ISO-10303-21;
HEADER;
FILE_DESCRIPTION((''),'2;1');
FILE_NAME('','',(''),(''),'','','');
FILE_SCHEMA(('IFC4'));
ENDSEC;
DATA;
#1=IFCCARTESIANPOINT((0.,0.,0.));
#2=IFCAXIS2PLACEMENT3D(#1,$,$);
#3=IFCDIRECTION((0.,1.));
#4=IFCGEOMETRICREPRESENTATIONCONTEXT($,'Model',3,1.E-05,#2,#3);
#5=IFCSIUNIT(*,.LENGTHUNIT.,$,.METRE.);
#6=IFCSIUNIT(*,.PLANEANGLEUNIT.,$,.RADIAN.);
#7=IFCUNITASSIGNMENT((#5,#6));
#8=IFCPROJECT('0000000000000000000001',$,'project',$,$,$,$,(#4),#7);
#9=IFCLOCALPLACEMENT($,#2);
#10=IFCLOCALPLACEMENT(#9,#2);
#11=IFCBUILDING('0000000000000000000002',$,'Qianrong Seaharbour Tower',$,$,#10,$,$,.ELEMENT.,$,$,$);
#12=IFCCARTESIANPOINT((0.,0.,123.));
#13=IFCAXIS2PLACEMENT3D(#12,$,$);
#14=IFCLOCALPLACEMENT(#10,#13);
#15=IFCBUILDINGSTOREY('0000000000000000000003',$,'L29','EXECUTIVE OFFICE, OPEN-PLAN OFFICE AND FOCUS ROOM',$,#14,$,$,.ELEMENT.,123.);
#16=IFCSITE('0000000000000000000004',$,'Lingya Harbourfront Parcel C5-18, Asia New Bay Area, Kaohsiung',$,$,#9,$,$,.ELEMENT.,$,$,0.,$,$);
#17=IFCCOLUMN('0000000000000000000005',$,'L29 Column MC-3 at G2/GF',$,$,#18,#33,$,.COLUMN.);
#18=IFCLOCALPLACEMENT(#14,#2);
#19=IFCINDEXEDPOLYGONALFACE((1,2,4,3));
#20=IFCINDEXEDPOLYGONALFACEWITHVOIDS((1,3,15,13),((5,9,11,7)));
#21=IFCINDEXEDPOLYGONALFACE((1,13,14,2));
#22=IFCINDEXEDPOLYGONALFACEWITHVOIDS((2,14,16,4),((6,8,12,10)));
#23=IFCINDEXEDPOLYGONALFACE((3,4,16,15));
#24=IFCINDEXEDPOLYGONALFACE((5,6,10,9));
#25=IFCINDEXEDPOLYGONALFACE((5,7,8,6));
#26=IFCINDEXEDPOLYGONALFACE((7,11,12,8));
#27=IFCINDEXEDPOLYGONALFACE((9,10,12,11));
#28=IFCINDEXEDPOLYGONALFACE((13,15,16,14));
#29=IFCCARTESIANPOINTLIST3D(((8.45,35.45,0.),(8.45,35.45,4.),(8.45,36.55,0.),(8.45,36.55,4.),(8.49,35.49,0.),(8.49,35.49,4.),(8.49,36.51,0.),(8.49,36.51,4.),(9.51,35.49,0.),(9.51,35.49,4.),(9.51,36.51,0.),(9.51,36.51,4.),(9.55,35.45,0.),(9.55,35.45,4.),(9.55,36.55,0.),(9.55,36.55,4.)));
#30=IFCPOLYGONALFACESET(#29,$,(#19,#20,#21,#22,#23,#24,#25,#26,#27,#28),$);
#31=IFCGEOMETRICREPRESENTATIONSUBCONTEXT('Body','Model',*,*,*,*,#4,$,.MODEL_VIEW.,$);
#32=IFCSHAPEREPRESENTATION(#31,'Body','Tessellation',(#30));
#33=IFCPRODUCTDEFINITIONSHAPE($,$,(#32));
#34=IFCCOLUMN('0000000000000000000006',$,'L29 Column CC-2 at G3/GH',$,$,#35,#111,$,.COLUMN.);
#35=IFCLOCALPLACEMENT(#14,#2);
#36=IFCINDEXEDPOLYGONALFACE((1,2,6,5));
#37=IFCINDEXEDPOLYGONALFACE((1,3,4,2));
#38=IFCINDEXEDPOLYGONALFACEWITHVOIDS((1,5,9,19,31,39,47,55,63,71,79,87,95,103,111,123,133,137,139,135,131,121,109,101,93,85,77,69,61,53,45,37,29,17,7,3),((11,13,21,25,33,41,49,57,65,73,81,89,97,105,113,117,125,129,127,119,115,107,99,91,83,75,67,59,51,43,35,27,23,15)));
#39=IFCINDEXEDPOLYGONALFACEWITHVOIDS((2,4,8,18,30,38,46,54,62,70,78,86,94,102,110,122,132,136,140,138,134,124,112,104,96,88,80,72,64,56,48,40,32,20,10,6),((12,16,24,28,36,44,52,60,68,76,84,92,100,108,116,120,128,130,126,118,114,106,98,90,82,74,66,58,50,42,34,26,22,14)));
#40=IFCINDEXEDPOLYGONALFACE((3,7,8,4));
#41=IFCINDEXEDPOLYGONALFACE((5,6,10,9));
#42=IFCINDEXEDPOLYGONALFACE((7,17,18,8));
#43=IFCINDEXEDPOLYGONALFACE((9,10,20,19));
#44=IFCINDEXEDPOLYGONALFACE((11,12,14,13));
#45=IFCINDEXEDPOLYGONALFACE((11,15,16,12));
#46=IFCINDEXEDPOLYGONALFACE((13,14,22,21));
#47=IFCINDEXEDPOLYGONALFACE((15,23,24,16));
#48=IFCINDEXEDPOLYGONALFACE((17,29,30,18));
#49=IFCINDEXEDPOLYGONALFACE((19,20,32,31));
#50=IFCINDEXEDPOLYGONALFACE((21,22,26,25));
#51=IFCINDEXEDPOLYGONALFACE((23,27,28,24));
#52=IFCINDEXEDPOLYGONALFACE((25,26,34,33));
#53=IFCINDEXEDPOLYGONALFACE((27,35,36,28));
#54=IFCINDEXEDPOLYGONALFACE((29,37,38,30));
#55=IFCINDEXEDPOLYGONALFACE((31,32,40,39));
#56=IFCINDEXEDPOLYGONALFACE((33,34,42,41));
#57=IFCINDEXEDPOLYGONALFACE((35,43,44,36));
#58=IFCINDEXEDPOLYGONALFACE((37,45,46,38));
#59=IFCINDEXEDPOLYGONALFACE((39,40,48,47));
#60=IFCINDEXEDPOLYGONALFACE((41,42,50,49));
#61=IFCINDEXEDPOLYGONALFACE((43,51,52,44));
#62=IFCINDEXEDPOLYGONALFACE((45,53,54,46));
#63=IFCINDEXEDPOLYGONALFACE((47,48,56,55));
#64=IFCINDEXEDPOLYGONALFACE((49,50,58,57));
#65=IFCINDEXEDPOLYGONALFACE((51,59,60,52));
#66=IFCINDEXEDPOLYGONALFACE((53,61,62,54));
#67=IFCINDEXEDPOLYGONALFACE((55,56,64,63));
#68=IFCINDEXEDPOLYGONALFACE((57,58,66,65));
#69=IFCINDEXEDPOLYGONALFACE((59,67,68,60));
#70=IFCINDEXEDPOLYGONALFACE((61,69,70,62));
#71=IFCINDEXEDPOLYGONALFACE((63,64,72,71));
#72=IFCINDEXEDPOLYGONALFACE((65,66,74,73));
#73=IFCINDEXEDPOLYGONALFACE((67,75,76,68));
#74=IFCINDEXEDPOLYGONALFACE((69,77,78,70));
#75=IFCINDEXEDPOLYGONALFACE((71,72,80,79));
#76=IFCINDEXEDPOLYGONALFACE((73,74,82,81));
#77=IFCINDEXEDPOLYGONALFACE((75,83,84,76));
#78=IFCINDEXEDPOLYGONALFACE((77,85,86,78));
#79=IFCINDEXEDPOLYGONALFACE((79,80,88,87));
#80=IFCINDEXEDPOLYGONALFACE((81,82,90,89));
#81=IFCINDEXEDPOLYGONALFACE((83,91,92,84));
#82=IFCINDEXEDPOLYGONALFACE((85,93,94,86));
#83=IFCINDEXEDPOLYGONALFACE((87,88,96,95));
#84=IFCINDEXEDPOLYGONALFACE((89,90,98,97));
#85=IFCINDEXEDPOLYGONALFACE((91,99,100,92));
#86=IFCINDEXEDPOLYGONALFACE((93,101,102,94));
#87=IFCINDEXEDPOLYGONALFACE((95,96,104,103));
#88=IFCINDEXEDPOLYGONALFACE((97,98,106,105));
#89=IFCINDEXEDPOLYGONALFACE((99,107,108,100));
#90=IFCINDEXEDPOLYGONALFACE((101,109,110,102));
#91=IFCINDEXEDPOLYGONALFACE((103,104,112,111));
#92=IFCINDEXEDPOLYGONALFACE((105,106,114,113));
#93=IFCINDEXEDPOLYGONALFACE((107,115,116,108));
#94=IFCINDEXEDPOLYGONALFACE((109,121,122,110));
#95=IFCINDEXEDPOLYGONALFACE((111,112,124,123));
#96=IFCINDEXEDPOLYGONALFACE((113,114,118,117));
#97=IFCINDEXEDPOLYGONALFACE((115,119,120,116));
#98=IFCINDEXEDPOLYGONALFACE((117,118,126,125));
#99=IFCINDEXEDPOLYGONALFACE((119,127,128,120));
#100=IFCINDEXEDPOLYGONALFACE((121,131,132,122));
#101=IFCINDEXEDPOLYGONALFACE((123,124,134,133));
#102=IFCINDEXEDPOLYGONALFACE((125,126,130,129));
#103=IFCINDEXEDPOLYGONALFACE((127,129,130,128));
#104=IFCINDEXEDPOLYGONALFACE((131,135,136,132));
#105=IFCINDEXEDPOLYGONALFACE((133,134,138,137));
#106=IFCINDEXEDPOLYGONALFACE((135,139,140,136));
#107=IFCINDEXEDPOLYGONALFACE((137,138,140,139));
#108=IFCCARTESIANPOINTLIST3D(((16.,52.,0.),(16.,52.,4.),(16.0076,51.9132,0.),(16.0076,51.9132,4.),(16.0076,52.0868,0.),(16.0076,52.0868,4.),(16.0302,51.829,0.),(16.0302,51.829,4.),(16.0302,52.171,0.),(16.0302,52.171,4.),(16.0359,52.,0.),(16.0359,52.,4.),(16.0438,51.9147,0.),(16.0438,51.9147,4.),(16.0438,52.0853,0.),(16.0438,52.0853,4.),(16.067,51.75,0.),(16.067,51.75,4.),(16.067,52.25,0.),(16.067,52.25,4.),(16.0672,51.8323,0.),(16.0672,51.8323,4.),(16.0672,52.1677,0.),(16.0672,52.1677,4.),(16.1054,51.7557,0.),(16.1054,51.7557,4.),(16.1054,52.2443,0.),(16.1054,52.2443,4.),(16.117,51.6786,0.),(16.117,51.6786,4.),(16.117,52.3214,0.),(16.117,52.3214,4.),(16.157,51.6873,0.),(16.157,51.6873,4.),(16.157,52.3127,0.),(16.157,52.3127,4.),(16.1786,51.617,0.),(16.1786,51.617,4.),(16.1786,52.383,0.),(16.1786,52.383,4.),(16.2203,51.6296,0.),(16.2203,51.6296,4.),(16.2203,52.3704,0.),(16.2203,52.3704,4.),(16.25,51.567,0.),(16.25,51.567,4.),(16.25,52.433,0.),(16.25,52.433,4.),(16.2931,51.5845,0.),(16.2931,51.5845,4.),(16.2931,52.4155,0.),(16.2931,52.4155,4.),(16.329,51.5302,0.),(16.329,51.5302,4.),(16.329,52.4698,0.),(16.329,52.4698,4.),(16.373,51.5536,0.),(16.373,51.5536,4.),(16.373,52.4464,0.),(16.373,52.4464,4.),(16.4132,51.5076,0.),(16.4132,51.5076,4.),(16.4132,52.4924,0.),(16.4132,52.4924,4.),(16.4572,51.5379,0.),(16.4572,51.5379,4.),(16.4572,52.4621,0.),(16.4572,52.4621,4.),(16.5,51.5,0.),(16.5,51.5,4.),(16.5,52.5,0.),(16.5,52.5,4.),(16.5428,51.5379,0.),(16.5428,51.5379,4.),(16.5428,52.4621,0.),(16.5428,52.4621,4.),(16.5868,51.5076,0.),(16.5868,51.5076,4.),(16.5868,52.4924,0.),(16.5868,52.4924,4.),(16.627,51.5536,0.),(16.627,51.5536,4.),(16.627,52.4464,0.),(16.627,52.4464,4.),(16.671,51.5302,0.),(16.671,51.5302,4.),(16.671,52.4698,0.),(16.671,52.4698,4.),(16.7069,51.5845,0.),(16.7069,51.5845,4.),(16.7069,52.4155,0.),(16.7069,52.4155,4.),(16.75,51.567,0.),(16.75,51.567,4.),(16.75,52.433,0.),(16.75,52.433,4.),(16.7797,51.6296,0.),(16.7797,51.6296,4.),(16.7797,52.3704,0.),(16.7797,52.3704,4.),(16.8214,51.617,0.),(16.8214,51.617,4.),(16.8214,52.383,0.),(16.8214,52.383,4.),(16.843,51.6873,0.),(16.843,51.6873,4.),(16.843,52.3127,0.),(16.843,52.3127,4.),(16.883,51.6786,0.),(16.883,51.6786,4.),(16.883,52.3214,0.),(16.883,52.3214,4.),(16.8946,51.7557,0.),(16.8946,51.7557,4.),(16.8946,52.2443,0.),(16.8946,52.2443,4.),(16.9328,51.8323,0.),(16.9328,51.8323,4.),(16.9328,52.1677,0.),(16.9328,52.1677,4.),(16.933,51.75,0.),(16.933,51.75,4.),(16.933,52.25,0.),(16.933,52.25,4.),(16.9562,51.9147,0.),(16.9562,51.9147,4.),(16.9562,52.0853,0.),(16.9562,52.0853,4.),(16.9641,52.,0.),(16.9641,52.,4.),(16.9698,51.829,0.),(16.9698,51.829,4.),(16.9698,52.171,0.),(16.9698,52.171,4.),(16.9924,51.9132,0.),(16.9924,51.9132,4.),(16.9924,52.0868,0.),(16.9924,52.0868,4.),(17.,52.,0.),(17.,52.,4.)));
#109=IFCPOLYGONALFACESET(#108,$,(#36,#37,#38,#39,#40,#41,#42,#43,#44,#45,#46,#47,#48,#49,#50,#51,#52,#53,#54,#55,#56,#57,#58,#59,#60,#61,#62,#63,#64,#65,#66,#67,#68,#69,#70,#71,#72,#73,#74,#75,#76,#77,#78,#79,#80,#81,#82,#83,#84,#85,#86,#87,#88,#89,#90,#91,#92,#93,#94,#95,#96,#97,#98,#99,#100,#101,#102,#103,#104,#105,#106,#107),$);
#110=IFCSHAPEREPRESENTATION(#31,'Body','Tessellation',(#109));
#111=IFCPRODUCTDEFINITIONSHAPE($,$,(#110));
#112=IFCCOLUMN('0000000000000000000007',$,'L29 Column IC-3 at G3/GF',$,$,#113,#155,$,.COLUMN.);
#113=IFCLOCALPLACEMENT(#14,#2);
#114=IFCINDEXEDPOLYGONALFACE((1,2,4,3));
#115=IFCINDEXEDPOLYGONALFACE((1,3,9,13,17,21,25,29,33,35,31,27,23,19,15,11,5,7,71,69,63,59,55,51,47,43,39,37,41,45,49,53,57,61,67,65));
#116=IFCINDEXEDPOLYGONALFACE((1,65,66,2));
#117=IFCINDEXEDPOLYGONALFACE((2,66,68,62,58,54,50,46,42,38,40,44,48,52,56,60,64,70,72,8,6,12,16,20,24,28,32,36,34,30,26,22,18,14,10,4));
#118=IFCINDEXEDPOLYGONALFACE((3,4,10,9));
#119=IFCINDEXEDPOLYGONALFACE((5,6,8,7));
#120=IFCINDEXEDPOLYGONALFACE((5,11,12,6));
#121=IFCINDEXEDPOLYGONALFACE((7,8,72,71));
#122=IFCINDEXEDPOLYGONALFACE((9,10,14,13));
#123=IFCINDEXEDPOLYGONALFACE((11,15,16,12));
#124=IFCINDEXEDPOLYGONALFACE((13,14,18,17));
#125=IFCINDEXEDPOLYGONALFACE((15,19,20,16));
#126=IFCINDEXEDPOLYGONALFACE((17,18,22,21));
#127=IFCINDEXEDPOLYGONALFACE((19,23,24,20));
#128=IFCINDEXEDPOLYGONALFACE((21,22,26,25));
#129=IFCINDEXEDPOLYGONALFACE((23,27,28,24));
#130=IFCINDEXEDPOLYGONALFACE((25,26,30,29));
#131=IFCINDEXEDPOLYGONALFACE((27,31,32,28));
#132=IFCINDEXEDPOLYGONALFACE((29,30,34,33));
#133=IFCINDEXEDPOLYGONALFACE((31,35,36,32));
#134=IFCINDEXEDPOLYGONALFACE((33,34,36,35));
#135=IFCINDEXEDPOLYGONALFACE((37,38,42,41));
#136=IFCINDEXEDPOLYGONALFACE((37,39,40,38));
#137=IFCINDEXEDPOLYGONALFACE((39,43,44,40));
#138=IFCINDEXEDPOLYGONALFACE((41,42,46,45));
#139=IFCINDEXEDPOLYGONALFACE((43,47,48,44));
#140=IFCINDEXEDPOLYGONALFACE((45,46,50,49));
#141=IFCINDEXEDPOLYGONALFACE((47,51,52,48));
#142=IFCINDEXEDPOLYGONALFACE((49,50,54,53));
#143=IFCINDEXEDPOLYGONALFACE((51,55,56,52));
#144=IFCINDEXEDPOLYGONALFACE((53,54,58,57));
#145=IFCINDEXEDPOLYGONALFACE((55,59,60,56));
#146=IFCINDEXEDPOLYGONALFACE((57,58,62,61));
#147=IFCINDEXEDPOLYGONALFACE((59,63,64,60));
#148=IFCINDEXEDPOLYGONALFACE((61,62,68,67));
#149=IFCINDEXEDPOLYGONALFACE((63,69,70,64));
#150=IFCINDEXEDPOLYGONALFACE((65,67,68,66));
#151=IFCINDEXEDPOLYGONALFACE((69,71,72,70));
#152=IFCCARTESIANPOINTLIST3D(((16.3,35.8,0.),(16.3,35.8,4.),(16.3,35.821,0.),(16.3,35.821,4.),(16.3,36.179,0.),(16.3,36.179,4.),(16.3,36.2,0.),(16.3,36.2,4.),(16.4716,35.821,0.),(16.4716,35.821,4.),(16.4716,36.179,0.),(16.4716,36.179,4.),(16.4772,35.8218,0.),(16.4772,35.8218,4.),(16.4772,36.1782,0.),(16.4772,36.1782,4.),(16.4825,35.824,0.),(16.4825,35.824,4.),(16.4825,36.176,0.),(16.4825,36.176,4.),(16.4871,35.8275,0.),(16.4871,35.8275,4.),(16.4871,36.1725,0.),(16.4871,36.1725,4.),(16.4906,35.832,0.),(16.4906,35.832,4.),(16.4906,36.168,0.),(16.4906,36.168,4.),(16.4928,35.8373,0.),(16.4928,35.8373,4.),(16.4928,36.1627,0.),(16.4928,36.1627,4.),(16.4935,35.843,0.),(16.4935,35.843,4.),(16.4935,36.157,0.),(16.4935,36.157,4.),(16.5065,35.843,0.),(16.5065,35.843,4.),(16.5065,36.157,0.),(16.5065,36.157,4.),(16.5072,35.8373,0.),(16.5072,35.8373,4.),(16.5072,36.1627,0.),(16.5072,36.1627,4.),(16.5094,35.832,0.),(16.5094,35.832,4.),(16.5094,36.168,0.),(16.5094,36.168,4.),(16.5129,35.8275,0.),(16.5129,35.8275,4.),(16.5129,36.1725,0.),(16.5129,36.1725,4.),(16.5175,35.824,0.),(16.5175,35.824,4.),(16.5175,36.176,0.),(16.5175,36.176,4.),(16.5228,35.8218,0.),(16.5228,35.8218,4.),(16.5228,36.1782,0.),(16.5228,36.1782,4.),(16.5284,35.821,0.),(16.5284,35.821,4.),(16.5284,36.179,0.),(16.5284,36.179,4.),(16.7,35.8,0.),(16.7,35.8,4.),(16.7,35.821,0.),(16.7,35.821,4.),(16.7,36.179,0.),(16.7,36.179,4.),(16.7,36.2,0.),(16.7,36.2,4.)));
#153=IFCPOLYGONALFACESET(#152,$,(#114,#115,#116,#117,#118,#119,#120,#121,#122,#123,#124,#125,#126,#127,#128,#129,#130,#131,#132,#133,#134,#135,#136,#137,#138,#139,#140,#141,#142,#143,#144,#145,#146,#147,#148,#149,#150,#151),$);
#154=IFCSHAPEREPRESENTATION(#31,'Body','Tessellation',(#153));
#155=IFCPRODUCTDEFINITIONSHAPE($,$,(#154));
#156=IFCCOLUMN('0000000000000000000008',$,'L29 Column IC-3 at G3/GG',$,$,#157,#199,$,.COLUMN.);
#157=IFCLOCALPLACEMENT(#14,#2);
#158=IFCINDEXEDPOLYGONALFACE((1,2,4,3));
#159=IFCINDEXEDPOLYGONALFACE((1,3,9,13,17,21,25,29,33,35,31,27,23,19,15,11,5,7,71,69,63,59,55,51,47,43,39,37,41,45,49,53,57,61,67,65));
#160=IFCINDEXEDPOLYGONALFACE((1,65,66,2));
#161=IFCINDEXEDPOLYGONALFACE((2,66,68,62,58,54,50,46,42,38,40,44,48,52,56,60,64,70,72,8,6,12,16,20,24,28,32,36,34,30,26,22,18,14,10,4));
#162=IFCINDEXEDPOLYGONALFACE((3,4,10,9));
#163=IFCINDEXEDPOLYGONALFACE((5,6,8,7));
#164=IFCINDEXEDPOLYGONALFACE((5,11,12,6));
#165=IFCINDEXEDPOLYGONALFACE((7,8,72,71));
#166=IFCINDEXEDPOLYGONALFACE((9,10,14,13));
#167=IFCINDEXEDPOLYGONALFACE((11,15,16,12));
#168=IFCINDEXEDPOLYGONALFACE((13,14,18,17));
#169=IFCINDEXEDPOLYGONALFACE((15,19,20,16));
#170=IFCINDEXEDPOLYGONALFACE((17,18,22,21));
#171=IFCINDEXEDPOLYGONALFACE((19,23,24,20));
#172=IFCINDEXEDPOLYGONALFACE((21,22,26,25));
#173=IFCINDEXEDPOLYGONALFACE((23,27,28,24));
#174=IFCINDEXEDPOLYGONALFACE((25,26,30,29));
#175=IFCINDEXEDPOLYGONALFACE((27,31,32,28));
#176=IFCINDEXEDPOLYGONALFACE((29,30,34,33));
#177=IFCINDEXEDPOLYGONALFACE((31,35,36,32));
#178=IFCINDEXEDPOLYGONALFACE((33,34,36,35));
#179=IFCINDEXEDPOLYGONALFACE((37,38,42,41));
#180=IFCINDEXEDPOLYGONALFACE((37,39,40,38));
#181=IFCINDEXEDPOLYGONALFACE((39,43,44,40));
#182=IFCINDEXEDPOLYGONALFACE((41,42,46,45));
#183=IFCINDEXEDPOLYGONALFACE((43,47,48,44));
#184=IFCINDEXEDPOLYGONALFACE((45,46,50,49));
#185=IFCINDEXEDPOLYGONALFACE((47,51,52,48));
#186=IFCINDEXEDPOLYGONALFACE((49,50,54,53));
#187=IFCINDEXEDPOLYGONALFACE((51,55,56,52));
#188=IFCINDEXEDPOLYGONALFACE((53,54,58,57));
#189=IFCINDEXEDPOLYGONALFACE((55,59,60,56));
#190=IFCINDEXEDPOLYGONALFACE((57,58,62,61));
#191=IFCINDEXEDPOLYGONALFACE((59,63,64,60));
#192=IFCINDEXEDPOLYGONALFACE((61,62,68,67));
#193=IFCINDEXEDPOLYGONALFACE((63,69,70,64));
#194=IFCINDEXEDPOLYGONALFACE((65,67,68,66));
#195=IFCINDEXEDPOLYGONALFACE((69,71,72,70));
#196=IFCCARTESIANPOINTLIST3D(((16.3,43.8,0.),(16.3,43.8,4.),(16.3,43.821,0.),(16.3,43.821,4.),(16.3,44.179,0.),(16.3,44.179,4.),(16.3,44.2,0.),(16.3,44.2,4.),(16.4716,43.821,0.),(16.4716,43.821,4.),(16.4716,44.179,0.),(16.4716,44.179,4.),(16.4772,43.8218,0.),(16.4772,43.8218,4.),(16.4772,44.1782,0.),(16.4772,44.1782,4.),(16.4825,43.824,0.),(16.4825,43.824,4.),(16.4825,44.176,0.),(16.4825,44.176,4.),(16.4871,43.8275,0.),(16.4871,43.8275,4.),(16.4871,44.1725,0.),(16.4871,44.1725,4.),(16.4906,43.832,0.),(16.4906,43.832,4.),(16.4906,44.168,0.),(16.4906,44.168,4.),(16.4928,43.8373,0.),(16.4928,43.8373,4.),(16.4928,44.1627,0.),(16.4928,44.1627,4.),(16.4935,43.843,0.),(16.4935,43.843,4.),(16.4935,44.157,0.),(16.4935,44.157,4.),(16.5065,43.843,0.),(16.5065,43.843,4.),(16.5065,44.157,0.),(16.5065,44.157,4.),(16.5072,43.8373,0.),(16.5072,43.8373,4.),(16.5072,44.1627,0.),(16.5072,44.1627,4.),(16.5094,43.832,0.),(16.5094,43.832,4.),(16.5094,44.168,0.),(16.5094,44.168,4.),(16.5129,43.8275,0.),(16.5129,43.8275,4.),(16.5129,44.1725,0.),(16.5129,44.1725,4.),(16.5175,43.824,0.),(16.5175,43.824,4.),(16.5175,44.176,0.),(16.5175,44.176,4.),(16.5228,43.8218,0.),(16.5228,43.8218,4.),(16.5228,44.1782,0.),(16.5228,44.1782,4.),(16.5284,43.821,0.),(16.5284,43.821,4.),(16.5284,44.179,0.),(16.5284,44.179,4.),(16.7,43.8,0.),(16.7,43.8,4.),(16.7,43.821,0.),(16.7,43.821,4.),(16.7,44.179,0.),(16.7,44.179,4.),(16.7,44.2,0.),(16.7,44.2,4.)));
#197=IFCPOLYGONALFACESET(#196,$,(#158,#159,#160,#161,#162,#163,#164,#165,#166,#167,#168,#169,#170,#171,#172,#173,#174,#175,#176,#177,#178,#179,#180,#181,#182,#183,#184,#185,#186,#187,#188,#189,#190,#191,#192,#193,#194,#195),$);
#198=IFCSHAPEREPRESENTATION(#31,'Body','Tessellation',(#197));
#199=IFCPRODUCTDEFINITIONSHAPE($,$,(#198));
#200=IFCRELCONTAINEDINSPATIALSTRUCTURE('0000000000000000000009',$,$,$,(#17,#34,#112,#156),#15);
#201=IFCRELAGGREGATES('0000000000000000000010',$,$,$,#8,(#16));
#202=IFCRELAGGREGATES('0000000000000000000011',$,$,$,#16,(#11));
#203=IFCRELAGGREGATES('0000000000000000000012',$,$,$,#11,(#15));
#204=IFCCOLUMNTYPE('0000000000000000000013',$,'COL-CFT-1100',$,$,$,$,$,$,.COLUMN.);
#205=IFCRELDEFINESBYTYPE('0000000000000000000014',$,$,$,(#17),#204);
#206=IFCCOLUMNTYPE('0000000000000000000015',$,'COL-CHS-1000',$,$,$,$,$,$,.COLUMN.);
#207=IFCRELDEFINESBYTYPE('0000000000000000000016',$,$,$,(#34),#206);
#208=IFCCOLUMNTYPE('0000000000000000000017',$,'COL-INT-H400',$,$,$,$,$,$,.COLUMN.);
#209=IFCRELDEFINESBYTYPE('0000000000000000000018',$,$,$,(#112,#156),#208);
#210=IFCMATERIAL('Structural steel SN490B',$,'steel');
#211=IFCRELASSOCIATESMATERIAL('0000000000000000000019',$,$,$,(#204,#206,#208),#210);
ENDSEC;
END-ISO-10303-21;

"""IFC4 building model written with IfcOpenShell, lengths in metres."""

from ifc_helpers import new_model, si_unit, direction, frame, origin, origin_2d, place, context, subcontext, project, spatial, hollow_rectangle, hollow_circle, i_section, extrude, material, material_profile, profile_set, type_object, element, save


model = new_model("IFC4")

# Units and contexts
model_context = context("Model", 3, precision=1e-05, world=origin(), true_north=direction((0.0, 1.0)))
body_context = subcontext(model_context, "Body", "Model", "MODEL_VIEW")
ifc_project = project(units=[si_unit("LENGTHUNIT", "METRE"), si_unit("PLANEANGLEUNIT", "RADIAN")], contexts=[model_context])

# Site, building, storey
site_placement = place(None, origin())
site = spatial("IfcSite", under=ifc_project, at=site_placement, Name="Lingya Harbourfront Parcel C5-18, Asia New Bay Area, Kaohsiung", CompositionType="ELEMENT", RefElevation=0.0)
building_placement = place(site_placement, origin())
building = spatial("IfcBuilding", under=site, at=building_placement, Name="Qianrong Seaharbour Tower", CompositionType="ELEMENT")
storey_placement = place(building_placement, frame((0.0, 0.0, 123.0)))
storey = spatial("IfcBuildingStorey", under=building, at=storey_placement, Name="L29", Description="EXECUTIVE OFFICE, OPEN-PLAN OFFICE AND FOCUS ROOM", CompositionType="ELEMENT", Elevation=123.0)

# Columns
ifc_material_1 = material(Name="Structural steel SN490B", Category="steel")
ifc_material_profile_1 = material_profile(ifc_material_1, hollow_rectangle(XDim=1.1001, YDim=1.1001, WallThickness=0.04, at=origin_2d()), Name="BOX1100x1100x40")
ifc_profile_set_1 = profile_set([ifc_material_profile_1], Name="Structural steel SN490B")
column_type_1 = type_object("IfcColumnType", Name="COL-CFT-1100", PredefinedType="COLUMN", material=ifc_profile_set_1)
column_1_placement = place(storey_placement, frame((9.0, 36.0, 0.0), z_axis=(0.0, 0.0, 1.0), x_axis=(1.0, 0.0, 0.0)))
element("IfcColumn", 1, at=column_1_placement, inside=storey, type_object=column_type_1, Name="L29 Column MC-3 at G2/GF", PredefinedType="COLUMN", context=body_context, shape_type="SweptSolid", body=[
    extrude(hollow_rectangle(XDim=1.1001, YDim=1.1001, WallThickness=0.04, at=origin_2d()), origin(), (0.0, 0.0, 1.0), 4.0),
])
ifc_material_profile_2 = material_profile(ifc_material_1, hollow_circle(Radius=0.5, WallThickness=0.0359, at=origin_2d()), Name="CHS1000x36")
ifc_profile_set_2 = profile_set([ifc_material_profile_2], Name="Structural steel SN490B")
column_type_2 = type_object("IfcColumnType", Name="COL-CHS-1000", PredefinedType="COLUMN", material=ifc_profile_set_2)
column_2_placement = place(storey_placement, frame((16.5, 52.0, 0.0), z_axis=(0.0, 0.0, 1.0), x_axis=(1.0, 0.0, 0.0)))
element("IfcColumn", 2, at=column_2_placement, inside=storey, type_object=column_type_2, Name="L29 Column CC-2 at G3/GH", PredefinedType="COLUMN", context=body_context, shape_type="SweptSolid", body=[
    extrude(hollow_circle(Radius=0.5, WallThickness=0.0359, at=origin_2d()), origin(), (0.0, 0.0, 1.0), 4.0),
])
ifc_material_profile_3 = material_profile(ifc_material_1, i_section(OverallWidth=0.3999, OverallDepth=0.3999, WebThickness=0.0129, FlangeThickness=0.021, FilletRadius=0.022, at=origin_2d()), Name="H400x400x13x21")
ifc_profile_set_3 = profile_set([ifc_material_profile_3], Name="Structural steel SN490B")
column_type_3 = type_object("IfcColumnType", Name="COL-INT-H400", PredefinedType="COLUMN", material=ifc_profile_set_3)
for number, where, z_axis, x_axis, name in (
    (3, (16.5, 36.0, 0.0), (0.0, 0.0, 1.0), (1.0, 0.0, 0.0), "L29 Column IC-3 at G3/GF"),
    (4, (16.5, 44.0, 0.0), (0.0, 0.0, 1.0), (1.0, 0.0, 0.0), "L29 Column IC-3 at G3/GG"),
):
    element("IfcColumn", number, at=place(storey_placement, frame(where, z_axis=z_axis, x_axis=x_axis)), inside=storey, type_object=column_type_3, Name=name, PredefinedType="COLUMN", context=body_context, shape_type="SweptSolid", body=[
        extrude(i_section(OverallWidth=0.3999, OverallDepth=0.3999, WebThickness=0.0129, FlangeThickness=0.021, FilletRadius=0.022, at=origin_2d()), origin(), (0.0, 0.0, 1.0), 4.0),
    ])

save(model, "model.ifc")
